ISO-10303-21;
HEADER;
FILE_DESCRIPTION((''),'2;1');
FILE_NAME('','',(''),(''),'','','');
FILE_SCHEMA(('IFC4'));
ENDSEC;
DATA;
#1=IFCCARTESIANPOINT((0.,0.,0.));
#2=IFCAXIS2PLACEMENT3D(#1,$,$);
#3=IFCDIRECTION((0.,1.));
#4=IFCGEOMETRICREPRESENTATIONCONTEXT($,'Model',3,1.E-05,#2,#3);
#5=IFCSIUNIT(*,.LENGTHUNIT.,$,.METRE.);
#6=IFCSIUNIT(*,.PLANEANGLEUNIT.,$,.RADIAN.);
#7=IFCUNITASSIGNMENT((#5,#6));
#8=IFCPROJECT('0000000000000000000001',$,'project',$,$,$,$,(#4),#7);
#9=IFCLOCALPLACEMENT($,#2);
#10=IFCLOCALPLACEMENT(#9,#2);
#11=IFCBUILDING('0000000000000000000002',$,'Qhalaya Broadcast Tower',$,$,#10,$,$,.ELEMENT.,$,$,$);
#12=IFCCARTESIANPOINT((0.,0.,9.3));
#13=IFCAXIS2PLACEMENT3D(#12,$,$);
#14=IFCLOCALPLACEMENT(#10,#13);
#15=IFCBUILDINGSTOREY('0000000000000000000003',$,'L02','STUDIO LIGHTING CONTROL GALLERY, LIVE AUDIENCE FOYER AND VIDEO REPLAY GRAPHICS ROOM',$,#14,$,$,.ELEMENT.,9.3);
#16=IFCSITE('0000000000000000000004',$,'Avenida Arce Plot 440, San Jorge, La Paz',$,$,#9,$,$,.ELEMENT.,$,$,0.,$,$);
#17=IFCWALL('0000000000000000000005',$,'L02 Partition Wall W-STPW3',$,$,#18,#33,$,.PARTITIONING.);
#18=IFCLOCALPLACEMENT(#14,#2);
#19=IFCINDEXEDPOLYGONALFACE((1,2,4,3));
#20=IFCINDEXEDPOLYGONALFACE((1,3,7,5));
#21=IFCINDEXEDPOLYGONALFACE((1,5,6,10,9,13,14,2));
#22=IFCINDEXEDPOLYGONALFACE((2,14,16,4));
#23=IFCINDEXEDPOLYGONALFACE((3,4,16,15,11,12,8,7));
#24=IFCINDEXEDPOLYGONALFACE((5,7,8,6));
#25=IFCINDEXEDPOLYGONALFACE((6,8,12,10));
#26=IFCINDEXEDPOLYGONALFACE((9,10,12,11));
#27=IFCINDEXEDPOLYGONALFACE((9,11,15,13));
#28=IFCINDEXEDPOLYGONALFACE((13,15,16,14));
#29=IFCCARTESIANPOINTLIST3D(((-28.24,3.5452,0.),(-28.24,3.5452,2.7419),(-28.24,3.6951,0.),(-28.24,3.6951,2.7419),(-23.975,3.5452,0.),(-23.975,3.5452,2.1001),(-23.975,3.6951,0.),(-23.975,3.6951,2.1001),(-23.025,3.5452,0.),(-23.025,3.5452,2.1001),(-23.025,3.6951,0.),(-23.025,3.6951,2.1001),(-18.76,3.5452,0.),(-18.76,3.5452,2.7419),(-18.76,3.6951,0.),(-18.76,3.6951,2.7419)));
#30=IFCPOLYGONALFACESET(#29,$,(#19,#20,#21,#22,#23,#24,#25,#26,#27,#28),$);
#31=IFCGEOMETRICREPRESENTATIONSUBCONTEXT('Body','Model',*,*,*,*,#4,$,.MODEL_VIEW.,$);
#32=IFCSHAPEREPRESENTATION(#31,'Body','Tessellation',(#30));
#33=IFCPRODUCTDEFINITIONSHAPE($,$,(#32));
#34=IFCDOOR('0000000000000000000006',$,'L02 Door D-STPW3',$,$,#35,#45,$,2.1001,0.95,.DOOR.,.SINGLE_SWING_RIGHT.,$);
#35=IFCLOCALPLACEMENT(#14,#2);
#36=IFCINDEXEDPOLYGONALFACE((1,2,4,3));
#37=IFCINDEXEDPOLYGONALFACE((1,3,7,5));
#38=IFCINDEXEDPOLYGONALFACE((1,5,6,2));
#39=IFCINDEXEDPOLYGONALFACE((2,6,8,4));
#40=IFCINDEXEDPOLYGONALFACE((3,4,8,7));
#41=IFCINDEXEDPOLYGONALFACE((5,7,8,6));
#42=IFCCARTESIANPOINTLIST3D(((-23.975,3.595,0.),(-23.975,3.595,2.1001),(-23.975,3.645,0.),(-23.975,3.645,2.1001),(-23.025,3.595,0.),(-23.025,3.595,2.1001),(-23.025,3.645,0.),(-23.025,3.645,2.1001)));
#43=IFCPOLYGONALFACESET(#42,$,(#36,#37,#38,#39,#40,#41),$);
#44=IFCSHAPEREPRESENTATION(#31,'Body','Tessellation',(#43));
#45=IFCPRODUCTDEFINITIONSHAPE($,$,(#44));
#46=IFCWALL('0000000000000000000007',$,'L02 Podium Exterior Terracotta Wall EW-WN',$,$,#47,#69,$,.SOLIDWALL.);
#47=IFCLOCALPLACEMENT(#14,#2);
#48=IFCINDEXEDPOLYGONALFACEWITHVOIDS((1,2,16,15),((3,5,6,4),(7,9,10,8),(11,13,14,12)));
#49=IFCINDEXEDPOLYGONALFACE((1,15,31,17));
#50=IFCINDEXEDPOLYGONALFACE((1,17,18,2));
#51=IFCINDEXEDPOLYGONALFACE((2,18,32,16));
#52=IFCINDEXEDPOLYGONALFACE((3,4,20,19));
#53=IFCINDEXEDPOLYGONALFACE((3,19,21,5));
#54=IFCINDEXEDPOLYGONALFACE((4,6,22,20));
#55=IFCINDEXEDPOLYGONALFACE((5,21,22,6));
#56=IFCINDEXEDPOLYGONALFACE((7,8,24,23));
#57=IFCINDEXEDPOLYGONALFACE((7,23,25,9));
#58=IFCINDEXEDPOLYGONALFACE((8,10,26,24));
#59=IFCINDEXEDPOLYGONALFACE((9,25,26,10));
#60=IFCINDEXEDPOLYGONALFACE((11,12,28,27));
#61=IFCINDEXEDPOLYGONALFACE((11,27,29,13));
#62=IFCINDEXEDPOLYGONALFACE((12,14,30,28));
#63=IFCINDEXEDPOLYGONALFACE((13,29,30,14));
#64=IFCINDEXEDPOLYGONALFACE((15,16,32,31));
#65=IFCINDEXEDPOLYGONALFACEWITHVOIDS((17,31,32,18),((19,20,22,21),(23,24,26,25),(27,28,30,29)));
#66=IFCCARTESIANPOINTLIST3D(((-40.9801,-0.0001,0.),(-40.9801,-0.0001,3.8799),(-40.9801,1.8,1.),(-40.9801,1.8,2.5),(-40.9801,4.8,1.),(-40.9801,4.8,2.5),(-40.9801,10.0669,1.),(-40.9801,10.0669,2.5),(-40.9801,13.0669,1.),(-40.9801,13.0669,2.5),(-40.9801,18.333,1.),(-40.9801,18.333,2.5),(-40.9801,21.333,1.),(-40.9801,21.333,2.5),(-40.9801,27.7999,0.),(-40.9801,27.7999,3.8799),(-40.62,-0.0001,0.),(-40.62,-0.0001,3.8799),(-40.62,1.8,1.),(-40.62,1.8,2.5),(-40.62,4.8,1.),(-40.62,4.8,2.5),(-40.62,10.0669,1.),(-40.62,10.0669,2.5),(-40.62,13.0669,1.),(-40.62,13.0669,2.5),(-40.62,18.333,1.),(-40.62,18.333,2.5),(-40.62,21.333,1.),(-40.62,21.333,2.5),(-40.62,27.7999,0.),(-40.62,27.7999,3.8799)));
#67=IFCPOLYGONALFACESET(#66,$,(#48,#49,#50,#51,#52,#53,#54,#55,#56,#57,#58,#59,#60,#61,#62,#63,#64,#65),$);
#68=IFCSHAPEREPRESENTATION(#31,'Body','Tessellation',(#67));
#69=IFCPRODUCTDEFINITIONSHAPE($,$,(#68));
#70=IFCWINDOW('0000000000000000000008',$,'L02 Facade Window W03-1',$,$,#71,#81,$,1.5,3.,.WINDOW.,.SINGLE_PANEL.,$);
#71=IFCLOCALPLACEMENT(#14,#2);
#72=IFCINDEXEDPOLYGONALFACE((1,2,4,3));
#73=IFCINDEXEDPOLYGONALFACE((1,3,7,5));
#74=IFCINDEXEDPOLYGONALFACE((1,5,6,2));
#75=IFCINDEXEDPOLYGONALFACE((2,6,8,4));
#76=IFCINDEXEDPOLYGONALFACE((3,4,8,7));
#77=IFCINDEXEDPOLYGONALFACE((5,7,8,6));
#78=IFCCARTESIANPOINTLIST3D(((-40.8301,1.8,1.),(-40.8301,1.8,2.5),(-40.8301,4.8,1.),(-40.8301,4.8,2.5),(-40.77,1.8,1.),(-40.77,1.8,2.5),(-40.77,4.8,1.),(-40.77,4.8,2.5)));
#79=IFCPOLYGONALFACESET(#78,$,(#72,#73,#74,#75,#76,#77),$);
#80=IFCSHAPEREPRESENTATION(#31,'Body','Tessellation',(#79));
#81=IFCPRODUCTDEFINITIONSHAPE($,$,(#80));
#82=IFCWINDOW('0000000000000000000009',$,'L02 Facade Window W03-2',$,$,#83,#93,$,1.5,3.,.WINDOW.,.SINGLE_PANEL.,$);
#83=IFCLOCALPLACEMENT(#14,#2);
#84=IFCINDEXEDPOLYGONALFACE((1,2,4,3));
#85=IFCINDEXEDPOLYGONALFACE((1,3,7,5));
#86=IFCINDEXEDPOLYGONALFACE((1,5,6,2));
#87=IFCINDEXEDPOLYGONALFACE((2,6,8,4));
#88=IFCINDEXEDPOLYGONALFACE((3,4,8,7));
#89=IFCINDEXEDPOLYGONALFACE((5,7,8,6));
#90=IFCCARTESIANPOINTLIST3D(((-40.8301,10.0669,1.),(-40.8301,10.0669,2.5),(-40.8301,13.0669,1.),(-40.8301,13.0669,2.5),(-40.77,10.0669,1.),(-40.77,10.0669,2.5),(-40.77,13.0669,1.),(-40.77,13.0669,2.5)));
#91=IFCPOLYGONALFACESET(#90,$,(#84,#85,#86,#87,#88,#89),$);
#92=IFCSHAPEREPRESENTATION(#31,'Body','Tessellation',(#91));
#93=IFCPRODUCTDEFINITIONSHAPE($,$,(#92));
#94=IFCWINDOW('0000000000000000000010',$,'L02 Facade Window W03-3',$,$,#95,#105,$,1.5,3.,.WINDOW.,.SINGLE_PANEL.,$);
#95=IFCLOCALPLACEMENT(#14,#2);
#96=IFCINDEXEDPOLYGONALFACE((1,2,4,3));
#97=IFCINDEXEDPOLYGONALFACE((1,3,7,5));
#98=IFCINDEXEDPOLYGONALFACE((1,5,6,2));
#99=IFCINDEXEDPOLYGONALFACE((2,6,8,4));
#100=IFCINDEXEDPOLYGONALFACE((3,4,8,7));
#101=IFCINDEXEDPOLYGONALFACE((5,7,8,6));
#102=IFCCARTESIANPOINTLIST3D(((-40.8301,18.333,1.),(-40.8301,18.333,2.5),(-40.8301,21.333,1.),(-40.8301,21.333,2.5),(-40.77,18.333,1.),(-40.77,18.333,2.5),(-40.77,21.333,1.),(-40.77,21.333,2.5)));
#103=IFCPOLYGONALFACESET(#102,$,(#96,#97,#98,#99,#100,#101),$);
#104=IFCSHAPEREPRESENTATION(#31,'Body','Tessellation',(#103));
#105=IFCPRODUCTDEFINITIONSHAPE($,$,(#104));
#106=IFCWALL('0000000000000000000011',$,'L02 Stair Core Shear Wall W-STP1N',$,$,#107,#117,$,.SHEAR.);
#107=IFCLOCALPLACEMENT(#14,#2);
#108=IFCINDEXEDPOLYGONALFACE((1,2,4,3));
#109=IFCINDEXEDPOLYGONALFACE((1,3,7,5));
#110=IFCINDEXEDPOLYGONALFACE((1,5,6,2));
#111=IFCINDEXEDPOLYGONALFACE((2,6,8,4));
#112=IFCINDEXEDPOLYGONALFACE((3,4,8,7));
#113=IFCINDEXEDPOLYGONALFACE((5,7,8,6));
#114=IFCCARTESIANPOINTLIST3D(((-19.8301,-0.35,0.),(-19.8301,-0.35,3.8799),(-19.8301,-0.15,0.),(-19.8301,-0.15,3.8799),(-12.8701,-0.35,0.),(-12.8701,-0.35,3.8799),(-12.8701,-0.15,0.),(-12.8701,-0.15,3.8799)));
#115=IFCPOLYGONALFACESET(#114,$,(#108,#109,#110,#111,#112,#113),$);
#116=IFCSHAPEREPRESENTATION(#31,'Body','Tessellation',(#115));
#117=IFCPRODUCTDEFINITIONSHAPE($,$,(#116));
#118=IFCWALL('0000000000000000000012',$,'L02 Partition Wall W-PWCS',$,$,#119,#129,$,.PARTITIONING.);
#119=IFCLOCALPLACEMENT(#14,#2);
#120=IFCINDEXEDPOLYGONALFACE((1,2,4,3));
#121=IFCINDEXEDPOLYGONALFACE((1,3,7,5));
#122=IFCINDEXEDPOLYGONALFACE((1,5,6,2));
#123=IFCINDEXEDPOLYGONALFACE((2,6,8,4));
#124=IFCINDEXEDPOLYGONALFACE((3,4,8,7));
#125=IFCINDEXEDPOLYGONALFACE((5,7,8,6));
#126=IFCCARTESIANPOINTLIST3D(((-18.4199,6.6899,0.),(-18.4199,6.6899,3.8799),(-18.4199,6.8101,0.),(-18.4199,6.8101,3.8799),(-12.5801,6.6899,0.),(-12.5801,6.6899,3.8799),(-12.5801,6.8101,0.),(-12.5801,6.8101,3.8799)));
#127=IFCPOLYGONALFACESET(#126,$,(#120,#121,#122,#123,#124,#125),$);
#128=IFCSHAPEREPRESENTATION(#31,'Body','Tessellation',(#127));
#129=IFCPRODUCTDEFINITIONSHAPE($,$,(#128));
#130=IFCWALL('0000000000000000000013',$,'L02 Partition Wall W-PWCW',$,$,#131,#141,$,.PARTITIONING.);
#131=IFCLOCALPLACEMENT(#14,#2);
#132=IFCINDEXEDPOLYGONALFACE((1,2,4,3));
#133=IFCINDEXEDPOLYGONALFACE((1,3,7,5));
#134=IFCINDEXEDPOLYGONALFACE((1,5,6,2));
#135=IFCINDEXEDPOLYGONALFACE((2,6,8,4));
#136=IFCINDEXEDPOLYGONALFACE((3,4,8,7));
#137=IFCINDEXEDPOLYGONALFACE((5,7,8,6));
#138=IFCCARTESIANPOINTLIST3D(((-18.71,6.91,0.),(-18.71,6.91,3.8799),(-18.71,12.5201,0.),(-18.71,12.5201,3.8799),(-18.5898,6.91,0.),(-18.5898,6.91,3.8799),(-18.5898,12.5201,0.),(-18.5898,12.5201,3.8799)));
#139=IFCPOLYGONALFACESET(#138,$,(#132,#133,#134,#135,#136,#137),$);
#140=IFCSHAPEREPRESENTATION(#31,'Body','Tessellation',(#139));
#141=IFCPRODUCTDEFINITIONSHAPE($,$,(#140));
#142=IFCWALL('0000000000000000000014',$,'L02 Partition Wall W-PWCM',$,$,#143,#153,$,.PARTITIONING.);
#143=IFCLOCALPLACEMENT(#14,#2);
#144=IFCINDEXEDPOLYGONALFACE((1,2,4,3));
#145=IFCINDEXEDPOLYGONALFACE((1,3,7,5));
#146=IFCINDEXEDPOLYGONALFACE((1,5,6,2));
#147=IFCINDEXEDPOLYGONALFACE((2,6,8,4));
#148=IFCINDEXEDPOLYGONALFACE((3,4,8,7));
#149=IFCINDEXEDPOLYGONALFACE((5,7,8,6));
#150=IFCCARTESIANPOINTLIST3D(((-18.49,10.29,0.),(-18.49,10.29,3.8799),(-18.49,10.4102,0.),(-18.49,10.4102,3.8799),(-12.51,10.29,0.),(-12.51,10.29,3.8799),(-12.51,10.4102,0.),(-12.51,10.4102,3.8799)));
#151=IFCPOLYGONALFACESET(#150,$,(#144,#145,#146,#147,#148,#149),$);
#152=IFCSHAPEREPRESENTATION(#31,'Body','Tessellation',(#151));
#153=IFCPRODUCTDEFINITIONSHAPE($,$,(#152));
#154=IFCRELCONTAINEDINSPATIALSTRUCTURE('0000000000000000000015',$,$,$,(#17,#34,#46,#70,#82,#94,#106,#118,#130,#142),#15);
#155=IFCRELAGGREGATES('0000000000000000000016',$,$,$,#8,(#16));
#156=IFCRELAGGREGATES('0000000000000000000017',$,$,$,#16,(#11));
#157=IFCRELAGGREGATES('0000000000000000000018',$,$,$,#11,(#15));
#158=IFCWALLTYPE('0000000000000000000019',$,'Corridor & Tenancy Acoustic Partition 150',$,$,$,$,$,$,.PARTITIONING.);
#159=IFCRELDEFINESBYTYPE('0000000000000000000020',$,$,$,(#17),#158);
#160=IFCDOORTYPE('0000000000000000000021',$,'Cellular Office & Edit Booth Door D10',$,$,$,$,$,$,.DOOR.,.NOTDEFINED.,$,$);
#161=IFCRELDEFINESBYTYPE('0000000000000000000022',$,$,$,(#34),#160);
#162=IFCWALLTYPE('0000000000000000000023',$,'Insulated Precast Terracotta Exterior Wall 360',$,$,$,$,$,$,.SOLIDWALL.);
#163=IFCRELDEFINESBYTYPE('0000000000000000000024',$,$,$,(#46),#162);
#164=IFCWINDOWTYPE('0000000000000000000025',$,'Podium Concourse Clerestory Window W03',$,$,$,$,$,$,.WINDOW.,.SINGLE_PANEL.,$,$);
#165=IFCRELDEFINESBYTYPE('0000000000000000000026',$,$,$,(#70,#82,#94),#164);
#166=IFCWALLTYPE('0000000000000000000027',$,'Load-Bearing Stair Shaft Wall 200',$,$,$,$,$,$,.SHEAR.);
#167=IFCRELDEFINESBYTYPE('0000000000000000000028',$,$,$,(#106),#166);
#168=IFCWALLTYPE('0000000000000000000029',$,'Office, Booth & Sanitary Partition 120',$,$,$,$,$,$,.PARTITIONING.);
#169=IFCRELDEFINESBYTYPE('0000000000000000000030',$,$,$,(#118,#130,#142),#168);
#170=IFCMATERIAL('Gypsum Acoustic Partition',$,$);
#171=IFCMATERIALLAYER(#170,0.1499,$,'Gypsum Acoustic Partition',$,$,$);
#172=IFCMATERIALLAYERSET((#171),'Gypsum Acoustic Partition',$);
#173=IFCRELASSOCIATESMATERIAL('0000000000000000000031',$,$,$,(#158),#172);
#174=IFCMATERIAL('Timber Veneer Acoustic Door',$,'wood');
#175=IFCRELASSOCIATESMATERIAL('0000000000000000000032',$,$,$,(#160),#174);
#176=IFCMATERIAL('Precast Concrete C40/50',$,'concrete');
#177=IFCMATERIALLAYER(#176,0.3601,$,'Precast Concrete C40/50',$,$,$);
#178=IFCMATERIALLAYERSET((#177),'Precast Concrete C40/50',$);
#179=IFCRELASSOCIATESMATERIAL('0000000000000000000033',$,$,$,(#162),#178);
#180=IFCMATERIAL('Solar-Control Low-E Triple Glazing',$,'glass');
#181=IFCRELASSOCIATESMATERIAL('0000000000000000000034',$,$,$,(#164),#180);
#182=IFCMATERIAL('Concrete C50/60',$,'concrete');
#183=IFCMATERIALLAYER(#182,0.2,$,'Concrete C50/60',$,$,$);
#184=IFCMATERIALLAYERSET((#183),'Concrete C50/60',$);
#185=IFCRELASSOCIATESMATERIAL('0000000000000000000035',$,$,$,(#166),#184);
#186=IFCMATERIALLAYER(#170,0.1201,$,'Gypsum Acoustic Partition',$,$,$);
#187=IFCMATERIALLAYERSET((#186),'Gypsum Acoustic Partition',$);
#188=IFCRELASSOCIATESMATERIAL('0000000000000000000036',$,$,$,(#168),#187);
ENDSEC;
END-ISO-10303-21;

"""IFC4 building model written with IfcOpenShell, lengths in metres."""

from ifc_helpers import new_model, si_unit, direction, frame, frame_2d, origin, place, context, subcontext, project, spatial, rectangle, extrude, material, layer, layer_set, type_object, element, fill, save


model = new_model("IFC4")

# Units and contexts
model_context = context("Model", 3, precision=1e-05, world=origin(), true_north=direction((0.0, 1.0)))
body_context = subcontext(model_context, "Body", "Model", "MODEL_VIEW")
ifc_project = project(units=[si_unit("LENGTHUNIT", "METRE"), si_unit("PLANEANGLEUNIT", "RADIAN")], contexts=[model_context])

# Site, building, storey
site_placement = place(None, origin())
site = spatial("IfcSite", under=ifc_project, at=site_placement, Name="Avenida Arce Plot 440, San Jorge, La Paz", CompositionType="ELEMENT", RefElevation=0.0)
building_placement = place(site_placement, origin())
building = spatial("IfcBuilding", under=site, at=building_placement, Name="Qhalaya Broadcast Tower", CompositionType="ELEMENT")
storey_placement = place(building_placement, frame((0.0, 0.0, 9.3)))
storey = spatial("IfcBuildingStorey", under=building, at=storey_placement, Name="L02", Description="STUDIO LIGHTING CONTROL GALLERY, LIVE AUDIENCE FOYER AND VIDEO REPLAY GRAPHICS ROOM", CompositionType="ELEMENT", Elevation=9.3)

# Wall, opening, door
ifc_material_1 = material(Name="Gypsum Acoustic Partition")
ifc_layer_1 = layer(ifc_material_1, 0.1499, Name="Gypsum Acoustic Partition")
ifc_layer_set_1 = layer_set([ifc_layer_1], Name="Gypsum Acoustic Partition")
wall_type_1 = type_object("IfcWallType", Name="Corridor & Tenancy Acoustic Partition 150", PredefinedType="PARTITIONING", material=ifc_layer_set_1)
wall_1_placement = place(storey_placement, frame((-28.24, 3.6201, 0.0), z_axis=(0.0, 0.0, 1.0), x_axis=(1.0, 0.0, 0.0)))
wall_1 = element("IfcWall", 1, at=wall_1_placement, inside=storey, type_object=wall_type_1, Name="L02 Partition Wall W-STPW3", PredefinedType="PARTITIONING", context=body_context, shape_type="SweptSolid", body=[
    extrude(rectangle(XDim=9.48, YDim=0.1499, at=frame_2d((4.74, 0.0))), origin(), (0.0, 0.0, 1.0), 2.7419),
])
opening_1_placement = place(wall_1_placement, frame((4.2649, 0.0, 0.0)))
opening_1 = element("IfcOpeningElement", 2, at=opening_1_placement, cuts=wall_1, PredefinedType="OPENING", context=body_context, shape_type="SweptSolid", body=[
    extrude(rectangle(XDim=0.95, YDim=2.1001, at=frame_2d((0.4751, 1.05))), frame((0.0, 0.0869, 0.0), z_axis=(0.0, -1.0, 0.0), x_axis=(1.0, 0.0, 0.0)), (0.0, 0.0, 1.0), 0.1738),
])
ifc_material_2 = material(Name="Timber Veneer Acoustic Door", Category="wood")
door_type_1 = type_object("IfcDoorType", Name="Cellular Office & Edit Booth Door D10", OperationType="NOTDEFINED", PredefinedType="DOOR", material=ifc_material_2)
door_1_placement = place(opening_1_placement, origin())
door_1 = element("IfcDoor", 3, at=door_1_placement, inside=storey, type_object=door_type_1, Name="L02 Door D-STPW3", OperationType="SINGLE_SWING_RIGHT", OverallHeight=2.1001, OverallWidth=0.95, PredefinedType="DOOR", context=body_context, shape_type="SweptSolid", body=[
    extrude(rectangle(XDim=0.95, YDim=2.1001, at=frame_2d((0.4751, 1.05))), frame((0.0, 0.0249, 0.0), z_axis=(0.0, -1.0, 0.0), x_axis=(1.0, 0.0, 0.0)), (0.0, 0.0, 1.0), 0.05),
])
fill(opening_1, door_1)

# Wall, openings, windows
ifc_material_3 = material(Name="Precast Concrete C40/50", Category="concrete")
ifc_layer_2 = layer(ifc_material_3, 0.3601, Name="Precast Concrete C40/50")
ifc_layer_set_2 = layer_set([ifc_layer_2], Name="Precast Concrete C40/50")
wall_type_2 = type_object("IfcWallType", Name="Insulated Precast Terracotta Exterior Wall 360", PredefinedType="SOLIDWALL", material=ifc_layer_set_2)
wall_2_placement = place(storey_placement, frame((-40.8, 0.0, 0.0), z_axis=(0.0, 0.0, 1.0), x_axis=(0.0, 1.0, 0.0)))
wall_2 = element("IfcWall", 4, at=wall_2_placement, inside=storey, type_object=wall_type_2, Name="L02 Podium Exterior Terracotta Wall EW-WN", PredefinedType="SOLIDWALL", context=body_context, shape_type="SweptSolid", body=[
    extrude(rectangle(XDim=27.8, YDim=0.3601, at=frame_2d((13.8999, 0.0))), origin(), (0.0, 0.0, 1.0), 3.8799),
])
opening_2_placement = place(wall_2_placement, frame((1.8, 0.0, 1.0)))
opening_2 = element("IfcOpeningElement", 5, at=opening_2_placement, cuts=wall_2, PredefinedType="OPENING", context=body_context, shape_type="SweptSolid", body=[
    extrude(rectangle(XDim=3.0, YDim=1.5, at=frame_2d((1.5, 0.75))), frame((0.0, 0.1921, 0.0), z_axis=(0.0, -1.0, 0.0), x_axis=(1.0, 0.0, 0.0)), (0.0, 0.0, 1.0), 0.384),
])
opening_3_placement = place(wall_2_placement, frame((10.0669, 0.0, 1.0)))
opening_3 = element("IfcOpeningElement", 6, at=opening_3_placement, cuts=wall_2, PredefinedType="OPENING", context=body_context, shape_type="SweptSolid", body=[
    extrude(rectangle(XDim=3.0, YDim=1.5, at=frame_2d((1.5, 0.75))), frame((0.0, 0.1921, 0.0), z_axis=(0.0, -1.0, 0.0), x_axis=(1.0, 0.0, 0.0)), (0.0, 0.0, 1.0), 0.384),
])
opening_4_placement = place(wall_2_placement, frame((18.333, 0.0, 1.0)))
opening_4 = element("IfcOpeningElement", 7, at=opening_4_placement, cuts=wall_2, PredefinedType="OPENING", context=body_context, shape_type="SweptSolid", body=[
    extrude(rectangle(XDim=3.0, YDim=1.5, at=frame_2d((1.5, 0.75))), frame((0.0, 0.1921, 0.0), z_axis=(0.0, -1.0, 0.0), x_axis=(1.0, 0.0, 0.0)), (0.0, 0.0, 1.0), 0.384),
])
ifc_material_4 = material(Name="Solar-Control Low-E Triple Glazing", Category="glass")
window_type = type_object("IfcWindowType", Name="Podium Concourse Clerestory Window W03", PartitioningType="SINGLE_PANEL", PredefinedType="WINDOW", material=ifc_material_4)
window_1_placement = place(opening_2_placement, origin())
window_1 = element("IfcWindow", 8, at=window_1_placement, inside=storey, type_object=window_type, Name="L02 Facade Window W03-1", OverallHeight=1.5, OverallWidth=3.0, PartitioningType="SINGLE_PANEL", PredefinedType="WINDOW", context=body_context, shape_type="SweptSolid", body=[
    extrude(rectangle(XDim=3.0, YDim=1.5, at=frame_2d((1.5, 0.75))), frame((0.0, 0.03, 0.0), z_axis=(0.0, -1.0, 0.0), x_axis=(1.0, 0.0, 0.0)), (0.0, 0.0, 1.0), 0.0601),
])
fill(opening_2, window_1)
window_2_placement = place(opening_3_placement, origin())
window_2 = element("IfcWindow", 9, at=window_2_placement, inside=storey, type_object=window_type, Name="L02 Facade Window W03-2", OverallHeight=1.5, OverallWidth=3.0, PartitioningType="SINGLE_PANEL", PredefinedType="WINDOW", context=body_context, shape_type="SweptSolid", body=[
    extrude(rectangle(XDim=3.0, YDim=1.5, at=frame_2d((1.5, 0.75))), frame((0.0, 0.03, 0.0), z_axis=(0.0, -1.0, 0.0), x_axis=(1.0, 0.0, 0.0)), (0.0, 0.0, 1.0), 0.0601),
])
fill(opening_3, window_2)
window_3_placement = place(opening_4_placement, origin())
window_3 = element("IfcWindow", 10, at=window_3_placement, inside=storey, type_object=window_type, Name="L02 Facade Window W03-3", OverallHeight=1.5, OverallWidth=3.0, PartitioningType="SINGLE_PANEL", PredefinedType="WINDOW", context=body_context, shape_type="SweptSolid", body=[
    extrude(rectangle(XDim=3.0, YDim=1.5, at=frame_2d((1.5, 0.75))), frame((0.0, 0.03, 0.0), z_axis=(0.0, -1.0, 0.0), x_axis=(1.0, 0.0, 0.0)), (0.0, 0.0, 1.0), 0.0601),
])
fill(opening_4, window_3)

# Walls
ifc_material_5 = material(Name="Concrete C50/60", Category="concrete")
ifc_layer_3 = layer(ifc_material_5, 0.2, Name="Concrete C50/60")
ifc_layer_set_3 = layer_set([ifc_layer_3], Name="Concrete C50/60")
wall_type_3 = type_object("IfcWallType", Name="Load-Bearing Stair Shaft Wall 200", PredefinedType="SHEAR", material=ifc_layer_set_3)
wall_3_placement = place(storey_placement, frame((-19.8301, -0.25, 0.0), z_axis=(0.0, 0.0, 1.0), x_axis=(1.0, 0.0, 0.0)))
element("IfcWall", 11, at=wall_3_placement, inside=storey, type_object=wall_type_3, Name="L02 Stair Core Shear Wall W-STP1N", PredefinedType="SHEAR", context=body_context, shape_type="SweptSolid", body=[
    extrude(rectangle(XDim=6.96, YDim=0.2, at=frame_2d((3.48, 0.0))), origin(), (0.0, 0.0, 1.0), 3.8799),
])
ifc_layer_4 = layer(ifc_material_1, 0.1201, Name="Gypsum Acoustic Partition")
ifc_layer_set_4 = layer_set([ifc_layer_4], Name="Gypsum Acoustic Partition")
wall_type_4 = type_object("IfcWallType", Name="Office, Booth & Sanitary Partition 120", PredefinedType="PARTITIONING", material=ifc_layer_set_4)
wall_4_placement = place(storey_placement, frame((-18.4199, 6.75, 0.0), z_axis=(0.0, 0.0, 1.0), x_axis=(1.0, 0.0, 0.0)))
element("IfcWall", 12, at=wall_4_placement, inside=storey, type_object=wall_type_4, Name="L02 Partition Wall W-PWCS", PredefinedType="PARTITIONING", context=body_context, shape_type="SweptSolid", body=[
    extrude(rectangle(XDim=5.8398, YDim=0.1201, at=frame_2d((2.9199, 0.0))), origin(), (0.0, 0.0, 1.0), 3.8799),
])
wall_5_placement = place(storey_placement, frame((-18.6499, 6.9099, 0.0), z_axis=(0.0, 0.0, 1.0), x_axis=(0.0, 1.0, 0.0)))
element("IfcWall", 13, at=wall_5_placement, inside=storey, type_object=wall_type_4, Name="L02 Partition Wall W-PWCW", PredefinedType="PARTITIONING", context=body_context, shape_type="SweptSolid", body=[
    extrude(rectangle(XDim=5.6101, YDim=0.1201, at=frame_2d((2.8052, 0.0))), origin(), (0.0, 0.0, 1.0), 3.8799),
])
wall_6_placement = place(storey_placement, frame((-18.49, 10.3501, 0.0), z_axis=(0.0, 0.0, 1.0), x_axis=(1.0, 0.0, 0.0)))
element("IfcWall", 14, at=wall_6_placement, inside=storey, type_object=wall_type_4, Name="L02 Partition Wall W-PWCM", PredefinedType="PARTITIONING", context=body_context, shape_type="SweptSolid", body=[
    extrude(rectangle(XDim=5.98, YDim=0.1201, at=frame_2d((2.99, 0.0))), origin(), (0.0, 0.0, 1.0), 3.8799),
])

save(model, "model.ifc")
